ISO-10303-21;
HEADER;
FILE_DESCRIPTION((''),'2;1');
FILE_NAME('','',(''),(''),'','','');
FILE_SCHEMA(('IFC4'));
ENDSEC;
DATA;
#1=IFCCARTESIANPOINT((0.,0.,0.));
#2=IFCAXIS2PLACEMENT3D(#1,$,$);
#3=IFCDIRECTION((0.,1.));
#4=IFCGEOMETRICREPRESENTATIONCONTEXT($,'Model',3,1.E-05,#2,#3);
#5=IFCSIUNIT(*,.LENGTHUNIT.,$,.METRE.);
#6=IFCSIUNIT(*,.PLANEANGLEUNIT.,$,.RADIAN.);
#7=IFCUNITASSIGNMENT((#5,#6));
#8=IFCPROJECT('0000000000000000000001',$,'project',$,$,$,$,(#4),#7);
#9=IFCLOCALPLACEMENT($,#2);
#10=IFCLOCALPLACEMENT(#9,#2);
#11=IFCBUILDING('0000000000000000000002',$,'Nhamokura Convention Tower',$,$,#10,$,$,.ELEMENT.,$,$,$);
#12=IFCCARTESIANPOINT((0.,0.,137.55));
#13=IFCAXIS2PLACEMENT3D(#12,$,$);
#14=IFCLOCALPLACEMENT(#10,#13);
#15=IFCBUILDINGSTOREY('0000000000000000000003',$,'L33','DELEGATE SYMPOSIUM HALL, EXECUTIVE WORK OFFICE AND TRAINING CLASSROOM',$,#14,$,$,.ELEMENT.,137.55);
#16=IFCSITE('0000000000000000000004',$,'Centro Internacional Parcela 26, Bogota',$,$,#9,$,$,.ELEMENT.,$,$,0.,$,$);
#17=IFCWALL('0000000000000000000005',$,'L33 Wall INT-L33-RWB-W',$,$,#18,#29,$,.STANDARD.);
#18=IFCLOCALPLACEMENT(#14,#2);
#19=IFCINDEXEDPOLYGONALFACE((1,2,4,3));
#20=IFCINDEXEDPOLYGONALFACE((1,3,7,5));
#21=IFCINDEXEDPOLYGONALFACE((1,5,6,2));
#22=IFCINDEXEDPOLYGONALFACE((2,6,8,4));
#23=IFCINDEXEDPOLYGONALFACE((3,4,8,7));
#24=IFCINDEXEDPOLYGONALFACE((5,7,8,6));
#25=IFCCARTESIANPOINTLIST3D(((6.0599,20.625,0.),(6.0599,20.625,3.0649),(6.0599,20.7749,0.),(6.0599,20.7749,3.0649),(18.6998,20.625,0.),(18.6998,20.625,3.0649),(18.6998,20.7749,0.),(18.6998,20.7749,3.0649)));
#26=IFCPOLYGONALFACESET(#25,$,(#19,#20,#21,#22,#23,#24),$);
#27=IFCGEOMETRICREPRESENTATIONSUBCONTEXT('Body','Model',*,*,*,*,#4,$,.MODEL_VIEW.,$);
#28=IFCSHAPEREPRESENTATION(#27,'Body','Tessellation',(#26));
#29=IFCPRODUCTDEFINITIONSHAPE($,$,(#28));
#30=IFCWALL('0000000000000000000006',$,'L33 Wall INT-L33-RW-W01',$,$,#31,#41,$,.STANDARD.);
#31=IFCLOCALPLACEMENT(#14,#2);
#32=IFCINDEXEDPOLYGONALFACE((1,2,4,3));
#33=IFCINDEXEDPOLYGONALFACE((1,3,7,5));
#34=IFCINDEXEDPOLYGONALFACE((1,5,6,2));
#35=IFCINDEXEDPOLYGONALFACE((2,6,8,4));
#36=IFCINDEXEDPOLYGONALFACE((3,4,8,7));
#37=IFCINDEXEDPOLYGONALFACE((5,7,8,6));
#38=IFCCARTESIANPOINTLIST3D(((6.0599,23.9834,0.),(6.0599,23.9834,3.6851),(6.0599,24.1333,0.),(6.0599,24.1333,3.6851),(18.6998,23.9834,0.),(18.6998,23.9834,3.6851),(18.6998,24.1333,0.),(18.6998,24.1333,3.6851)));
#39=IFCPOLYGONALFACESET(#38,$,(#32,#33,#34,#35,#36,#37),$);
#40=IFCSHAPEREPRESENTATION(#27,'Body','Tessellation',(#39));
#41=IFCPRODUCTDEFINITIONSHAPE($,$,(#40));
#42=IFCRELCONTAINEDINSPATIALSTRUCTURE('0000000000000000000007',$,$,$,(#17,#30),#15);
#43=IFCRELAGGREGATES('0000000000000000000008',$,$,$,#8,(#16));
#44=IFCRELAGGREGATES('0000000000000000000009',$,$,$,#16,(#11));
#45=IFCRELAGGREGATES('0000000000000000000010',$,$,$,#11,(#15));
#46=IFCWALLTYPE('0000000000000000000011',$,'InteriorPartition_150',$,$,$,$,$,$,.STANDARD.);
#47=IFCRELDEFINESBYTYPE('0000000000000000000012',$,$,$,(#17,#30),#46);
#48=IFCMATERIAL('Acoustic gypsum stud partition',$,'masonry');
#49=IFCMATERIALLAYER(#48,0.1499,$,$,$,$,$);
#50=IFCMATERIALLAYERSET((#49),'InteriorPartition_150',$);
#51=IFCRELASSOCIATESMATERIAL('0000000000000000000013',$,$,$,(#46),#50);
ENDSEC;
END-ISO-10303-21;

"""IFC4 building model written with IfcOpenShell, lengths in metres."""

from ifc_helpers import new_model, si_unit, direction, frame, frame_2d, origin, place, context, subcontext, project, spatial, rectangle, extrude, material, layer, layer_set, type_object, element, save


model = new_model("IFC4")

# Units and contexts
model_context = context("Model", 3, precision=1e-05, world=origin(), true_north=direction((0.0, 1.0)))
body_context = subcontext(model_context, "Body", "Model", "MODEL_VIEW")
ifc_project = project(units=[si_unit("LENGTHUNIT", "METRE"), si_unit("PLANEANGLEUNIT", "RADIAN")], contexts=[model_context])

# Site, building, storey
site_placement = place(None, origin())
site = spatial("IfcSite", under=ifc_project, at=site_placement, Name="Centro Internacional Parcela 26, Bogota", CompositionType="ELEMENT", RefElevation=0.0)
building_placement = place(site_placement, origin())
building = spatial("IfcBuilding", under=site, at=building_placement, Name="Nhamokura Convention Tower", CompositionType="ELEMENT")
storey_placement = place(building_placement, frame((0.0, 0.0, 137.55)))
storey = spatial("IfcBuildingStorey", under=building, at=storey_placement, Name="L33", Description="DELEGATE SYMPOSIUM HALL, EXECUTIVE WORK OFFICE AND TRAINING CLASSROOM", CompositionType="ELEMENT", Elevation=137.55)

# Walls
ifc_material_1 = material(Name="Acoustic gypsum stud partition", Category="masonry")
ifc_layer_1 = layer(ifc_material_1, 0.1499)
ifc_layer_set_1 = layer_set([ifc_layer_1], Name="InteriorPartition_150")
wall_type_1 = type_object("IfcWallType", Name="InteriorPartition_150", PredefinedType="STANDARD", material=ifc_layer_set_1)
wall_1_placement = place(storey_placement, frame((6.0601, 20.7, 0.0), z_axis=(0.0, 0.0, 1.0), x_axis=(1.0, 0.0, 0.0)))
element("IfcWall", 1, at=wall_1_placement, inside=storey, type_object=wall_type_1, Name="L33 Wall INT-L33-RWB-W", PredefinedType="STANDARD", context=body_context, shape_type="SweptSolid", body=[
    extrude(rectangle(XDim=12.6399, YDim=0.1499, at=frame_2d((6.3198, 0.0))), origin(), (0.0, 0.0, 1.0), 3.0649),
])
wall_2_placement = place(storey_placement, frame((6.0601, 24.0583, 0.0), z_axis=(0.0, 0.0, 1.0), x_axis=(1.0, 0.0, 0.0)))
element("IfcWall", 2, at=wall_2_placement, inside=storey, type_object=wall_type_1, Name="L33 Wall INT-L33-RW-W01", PredefinedType="STANDARD", context=body_context, shape_type="SweptSolid", body=[
    extrude(rectangle(XDim=12.6399, YDim=0.1499, at=frame_2d((6.3198, 0.0))), origin(), (0.0, 0.0, 1.0), 3.6851),
])

save(model, "model.ifc")
